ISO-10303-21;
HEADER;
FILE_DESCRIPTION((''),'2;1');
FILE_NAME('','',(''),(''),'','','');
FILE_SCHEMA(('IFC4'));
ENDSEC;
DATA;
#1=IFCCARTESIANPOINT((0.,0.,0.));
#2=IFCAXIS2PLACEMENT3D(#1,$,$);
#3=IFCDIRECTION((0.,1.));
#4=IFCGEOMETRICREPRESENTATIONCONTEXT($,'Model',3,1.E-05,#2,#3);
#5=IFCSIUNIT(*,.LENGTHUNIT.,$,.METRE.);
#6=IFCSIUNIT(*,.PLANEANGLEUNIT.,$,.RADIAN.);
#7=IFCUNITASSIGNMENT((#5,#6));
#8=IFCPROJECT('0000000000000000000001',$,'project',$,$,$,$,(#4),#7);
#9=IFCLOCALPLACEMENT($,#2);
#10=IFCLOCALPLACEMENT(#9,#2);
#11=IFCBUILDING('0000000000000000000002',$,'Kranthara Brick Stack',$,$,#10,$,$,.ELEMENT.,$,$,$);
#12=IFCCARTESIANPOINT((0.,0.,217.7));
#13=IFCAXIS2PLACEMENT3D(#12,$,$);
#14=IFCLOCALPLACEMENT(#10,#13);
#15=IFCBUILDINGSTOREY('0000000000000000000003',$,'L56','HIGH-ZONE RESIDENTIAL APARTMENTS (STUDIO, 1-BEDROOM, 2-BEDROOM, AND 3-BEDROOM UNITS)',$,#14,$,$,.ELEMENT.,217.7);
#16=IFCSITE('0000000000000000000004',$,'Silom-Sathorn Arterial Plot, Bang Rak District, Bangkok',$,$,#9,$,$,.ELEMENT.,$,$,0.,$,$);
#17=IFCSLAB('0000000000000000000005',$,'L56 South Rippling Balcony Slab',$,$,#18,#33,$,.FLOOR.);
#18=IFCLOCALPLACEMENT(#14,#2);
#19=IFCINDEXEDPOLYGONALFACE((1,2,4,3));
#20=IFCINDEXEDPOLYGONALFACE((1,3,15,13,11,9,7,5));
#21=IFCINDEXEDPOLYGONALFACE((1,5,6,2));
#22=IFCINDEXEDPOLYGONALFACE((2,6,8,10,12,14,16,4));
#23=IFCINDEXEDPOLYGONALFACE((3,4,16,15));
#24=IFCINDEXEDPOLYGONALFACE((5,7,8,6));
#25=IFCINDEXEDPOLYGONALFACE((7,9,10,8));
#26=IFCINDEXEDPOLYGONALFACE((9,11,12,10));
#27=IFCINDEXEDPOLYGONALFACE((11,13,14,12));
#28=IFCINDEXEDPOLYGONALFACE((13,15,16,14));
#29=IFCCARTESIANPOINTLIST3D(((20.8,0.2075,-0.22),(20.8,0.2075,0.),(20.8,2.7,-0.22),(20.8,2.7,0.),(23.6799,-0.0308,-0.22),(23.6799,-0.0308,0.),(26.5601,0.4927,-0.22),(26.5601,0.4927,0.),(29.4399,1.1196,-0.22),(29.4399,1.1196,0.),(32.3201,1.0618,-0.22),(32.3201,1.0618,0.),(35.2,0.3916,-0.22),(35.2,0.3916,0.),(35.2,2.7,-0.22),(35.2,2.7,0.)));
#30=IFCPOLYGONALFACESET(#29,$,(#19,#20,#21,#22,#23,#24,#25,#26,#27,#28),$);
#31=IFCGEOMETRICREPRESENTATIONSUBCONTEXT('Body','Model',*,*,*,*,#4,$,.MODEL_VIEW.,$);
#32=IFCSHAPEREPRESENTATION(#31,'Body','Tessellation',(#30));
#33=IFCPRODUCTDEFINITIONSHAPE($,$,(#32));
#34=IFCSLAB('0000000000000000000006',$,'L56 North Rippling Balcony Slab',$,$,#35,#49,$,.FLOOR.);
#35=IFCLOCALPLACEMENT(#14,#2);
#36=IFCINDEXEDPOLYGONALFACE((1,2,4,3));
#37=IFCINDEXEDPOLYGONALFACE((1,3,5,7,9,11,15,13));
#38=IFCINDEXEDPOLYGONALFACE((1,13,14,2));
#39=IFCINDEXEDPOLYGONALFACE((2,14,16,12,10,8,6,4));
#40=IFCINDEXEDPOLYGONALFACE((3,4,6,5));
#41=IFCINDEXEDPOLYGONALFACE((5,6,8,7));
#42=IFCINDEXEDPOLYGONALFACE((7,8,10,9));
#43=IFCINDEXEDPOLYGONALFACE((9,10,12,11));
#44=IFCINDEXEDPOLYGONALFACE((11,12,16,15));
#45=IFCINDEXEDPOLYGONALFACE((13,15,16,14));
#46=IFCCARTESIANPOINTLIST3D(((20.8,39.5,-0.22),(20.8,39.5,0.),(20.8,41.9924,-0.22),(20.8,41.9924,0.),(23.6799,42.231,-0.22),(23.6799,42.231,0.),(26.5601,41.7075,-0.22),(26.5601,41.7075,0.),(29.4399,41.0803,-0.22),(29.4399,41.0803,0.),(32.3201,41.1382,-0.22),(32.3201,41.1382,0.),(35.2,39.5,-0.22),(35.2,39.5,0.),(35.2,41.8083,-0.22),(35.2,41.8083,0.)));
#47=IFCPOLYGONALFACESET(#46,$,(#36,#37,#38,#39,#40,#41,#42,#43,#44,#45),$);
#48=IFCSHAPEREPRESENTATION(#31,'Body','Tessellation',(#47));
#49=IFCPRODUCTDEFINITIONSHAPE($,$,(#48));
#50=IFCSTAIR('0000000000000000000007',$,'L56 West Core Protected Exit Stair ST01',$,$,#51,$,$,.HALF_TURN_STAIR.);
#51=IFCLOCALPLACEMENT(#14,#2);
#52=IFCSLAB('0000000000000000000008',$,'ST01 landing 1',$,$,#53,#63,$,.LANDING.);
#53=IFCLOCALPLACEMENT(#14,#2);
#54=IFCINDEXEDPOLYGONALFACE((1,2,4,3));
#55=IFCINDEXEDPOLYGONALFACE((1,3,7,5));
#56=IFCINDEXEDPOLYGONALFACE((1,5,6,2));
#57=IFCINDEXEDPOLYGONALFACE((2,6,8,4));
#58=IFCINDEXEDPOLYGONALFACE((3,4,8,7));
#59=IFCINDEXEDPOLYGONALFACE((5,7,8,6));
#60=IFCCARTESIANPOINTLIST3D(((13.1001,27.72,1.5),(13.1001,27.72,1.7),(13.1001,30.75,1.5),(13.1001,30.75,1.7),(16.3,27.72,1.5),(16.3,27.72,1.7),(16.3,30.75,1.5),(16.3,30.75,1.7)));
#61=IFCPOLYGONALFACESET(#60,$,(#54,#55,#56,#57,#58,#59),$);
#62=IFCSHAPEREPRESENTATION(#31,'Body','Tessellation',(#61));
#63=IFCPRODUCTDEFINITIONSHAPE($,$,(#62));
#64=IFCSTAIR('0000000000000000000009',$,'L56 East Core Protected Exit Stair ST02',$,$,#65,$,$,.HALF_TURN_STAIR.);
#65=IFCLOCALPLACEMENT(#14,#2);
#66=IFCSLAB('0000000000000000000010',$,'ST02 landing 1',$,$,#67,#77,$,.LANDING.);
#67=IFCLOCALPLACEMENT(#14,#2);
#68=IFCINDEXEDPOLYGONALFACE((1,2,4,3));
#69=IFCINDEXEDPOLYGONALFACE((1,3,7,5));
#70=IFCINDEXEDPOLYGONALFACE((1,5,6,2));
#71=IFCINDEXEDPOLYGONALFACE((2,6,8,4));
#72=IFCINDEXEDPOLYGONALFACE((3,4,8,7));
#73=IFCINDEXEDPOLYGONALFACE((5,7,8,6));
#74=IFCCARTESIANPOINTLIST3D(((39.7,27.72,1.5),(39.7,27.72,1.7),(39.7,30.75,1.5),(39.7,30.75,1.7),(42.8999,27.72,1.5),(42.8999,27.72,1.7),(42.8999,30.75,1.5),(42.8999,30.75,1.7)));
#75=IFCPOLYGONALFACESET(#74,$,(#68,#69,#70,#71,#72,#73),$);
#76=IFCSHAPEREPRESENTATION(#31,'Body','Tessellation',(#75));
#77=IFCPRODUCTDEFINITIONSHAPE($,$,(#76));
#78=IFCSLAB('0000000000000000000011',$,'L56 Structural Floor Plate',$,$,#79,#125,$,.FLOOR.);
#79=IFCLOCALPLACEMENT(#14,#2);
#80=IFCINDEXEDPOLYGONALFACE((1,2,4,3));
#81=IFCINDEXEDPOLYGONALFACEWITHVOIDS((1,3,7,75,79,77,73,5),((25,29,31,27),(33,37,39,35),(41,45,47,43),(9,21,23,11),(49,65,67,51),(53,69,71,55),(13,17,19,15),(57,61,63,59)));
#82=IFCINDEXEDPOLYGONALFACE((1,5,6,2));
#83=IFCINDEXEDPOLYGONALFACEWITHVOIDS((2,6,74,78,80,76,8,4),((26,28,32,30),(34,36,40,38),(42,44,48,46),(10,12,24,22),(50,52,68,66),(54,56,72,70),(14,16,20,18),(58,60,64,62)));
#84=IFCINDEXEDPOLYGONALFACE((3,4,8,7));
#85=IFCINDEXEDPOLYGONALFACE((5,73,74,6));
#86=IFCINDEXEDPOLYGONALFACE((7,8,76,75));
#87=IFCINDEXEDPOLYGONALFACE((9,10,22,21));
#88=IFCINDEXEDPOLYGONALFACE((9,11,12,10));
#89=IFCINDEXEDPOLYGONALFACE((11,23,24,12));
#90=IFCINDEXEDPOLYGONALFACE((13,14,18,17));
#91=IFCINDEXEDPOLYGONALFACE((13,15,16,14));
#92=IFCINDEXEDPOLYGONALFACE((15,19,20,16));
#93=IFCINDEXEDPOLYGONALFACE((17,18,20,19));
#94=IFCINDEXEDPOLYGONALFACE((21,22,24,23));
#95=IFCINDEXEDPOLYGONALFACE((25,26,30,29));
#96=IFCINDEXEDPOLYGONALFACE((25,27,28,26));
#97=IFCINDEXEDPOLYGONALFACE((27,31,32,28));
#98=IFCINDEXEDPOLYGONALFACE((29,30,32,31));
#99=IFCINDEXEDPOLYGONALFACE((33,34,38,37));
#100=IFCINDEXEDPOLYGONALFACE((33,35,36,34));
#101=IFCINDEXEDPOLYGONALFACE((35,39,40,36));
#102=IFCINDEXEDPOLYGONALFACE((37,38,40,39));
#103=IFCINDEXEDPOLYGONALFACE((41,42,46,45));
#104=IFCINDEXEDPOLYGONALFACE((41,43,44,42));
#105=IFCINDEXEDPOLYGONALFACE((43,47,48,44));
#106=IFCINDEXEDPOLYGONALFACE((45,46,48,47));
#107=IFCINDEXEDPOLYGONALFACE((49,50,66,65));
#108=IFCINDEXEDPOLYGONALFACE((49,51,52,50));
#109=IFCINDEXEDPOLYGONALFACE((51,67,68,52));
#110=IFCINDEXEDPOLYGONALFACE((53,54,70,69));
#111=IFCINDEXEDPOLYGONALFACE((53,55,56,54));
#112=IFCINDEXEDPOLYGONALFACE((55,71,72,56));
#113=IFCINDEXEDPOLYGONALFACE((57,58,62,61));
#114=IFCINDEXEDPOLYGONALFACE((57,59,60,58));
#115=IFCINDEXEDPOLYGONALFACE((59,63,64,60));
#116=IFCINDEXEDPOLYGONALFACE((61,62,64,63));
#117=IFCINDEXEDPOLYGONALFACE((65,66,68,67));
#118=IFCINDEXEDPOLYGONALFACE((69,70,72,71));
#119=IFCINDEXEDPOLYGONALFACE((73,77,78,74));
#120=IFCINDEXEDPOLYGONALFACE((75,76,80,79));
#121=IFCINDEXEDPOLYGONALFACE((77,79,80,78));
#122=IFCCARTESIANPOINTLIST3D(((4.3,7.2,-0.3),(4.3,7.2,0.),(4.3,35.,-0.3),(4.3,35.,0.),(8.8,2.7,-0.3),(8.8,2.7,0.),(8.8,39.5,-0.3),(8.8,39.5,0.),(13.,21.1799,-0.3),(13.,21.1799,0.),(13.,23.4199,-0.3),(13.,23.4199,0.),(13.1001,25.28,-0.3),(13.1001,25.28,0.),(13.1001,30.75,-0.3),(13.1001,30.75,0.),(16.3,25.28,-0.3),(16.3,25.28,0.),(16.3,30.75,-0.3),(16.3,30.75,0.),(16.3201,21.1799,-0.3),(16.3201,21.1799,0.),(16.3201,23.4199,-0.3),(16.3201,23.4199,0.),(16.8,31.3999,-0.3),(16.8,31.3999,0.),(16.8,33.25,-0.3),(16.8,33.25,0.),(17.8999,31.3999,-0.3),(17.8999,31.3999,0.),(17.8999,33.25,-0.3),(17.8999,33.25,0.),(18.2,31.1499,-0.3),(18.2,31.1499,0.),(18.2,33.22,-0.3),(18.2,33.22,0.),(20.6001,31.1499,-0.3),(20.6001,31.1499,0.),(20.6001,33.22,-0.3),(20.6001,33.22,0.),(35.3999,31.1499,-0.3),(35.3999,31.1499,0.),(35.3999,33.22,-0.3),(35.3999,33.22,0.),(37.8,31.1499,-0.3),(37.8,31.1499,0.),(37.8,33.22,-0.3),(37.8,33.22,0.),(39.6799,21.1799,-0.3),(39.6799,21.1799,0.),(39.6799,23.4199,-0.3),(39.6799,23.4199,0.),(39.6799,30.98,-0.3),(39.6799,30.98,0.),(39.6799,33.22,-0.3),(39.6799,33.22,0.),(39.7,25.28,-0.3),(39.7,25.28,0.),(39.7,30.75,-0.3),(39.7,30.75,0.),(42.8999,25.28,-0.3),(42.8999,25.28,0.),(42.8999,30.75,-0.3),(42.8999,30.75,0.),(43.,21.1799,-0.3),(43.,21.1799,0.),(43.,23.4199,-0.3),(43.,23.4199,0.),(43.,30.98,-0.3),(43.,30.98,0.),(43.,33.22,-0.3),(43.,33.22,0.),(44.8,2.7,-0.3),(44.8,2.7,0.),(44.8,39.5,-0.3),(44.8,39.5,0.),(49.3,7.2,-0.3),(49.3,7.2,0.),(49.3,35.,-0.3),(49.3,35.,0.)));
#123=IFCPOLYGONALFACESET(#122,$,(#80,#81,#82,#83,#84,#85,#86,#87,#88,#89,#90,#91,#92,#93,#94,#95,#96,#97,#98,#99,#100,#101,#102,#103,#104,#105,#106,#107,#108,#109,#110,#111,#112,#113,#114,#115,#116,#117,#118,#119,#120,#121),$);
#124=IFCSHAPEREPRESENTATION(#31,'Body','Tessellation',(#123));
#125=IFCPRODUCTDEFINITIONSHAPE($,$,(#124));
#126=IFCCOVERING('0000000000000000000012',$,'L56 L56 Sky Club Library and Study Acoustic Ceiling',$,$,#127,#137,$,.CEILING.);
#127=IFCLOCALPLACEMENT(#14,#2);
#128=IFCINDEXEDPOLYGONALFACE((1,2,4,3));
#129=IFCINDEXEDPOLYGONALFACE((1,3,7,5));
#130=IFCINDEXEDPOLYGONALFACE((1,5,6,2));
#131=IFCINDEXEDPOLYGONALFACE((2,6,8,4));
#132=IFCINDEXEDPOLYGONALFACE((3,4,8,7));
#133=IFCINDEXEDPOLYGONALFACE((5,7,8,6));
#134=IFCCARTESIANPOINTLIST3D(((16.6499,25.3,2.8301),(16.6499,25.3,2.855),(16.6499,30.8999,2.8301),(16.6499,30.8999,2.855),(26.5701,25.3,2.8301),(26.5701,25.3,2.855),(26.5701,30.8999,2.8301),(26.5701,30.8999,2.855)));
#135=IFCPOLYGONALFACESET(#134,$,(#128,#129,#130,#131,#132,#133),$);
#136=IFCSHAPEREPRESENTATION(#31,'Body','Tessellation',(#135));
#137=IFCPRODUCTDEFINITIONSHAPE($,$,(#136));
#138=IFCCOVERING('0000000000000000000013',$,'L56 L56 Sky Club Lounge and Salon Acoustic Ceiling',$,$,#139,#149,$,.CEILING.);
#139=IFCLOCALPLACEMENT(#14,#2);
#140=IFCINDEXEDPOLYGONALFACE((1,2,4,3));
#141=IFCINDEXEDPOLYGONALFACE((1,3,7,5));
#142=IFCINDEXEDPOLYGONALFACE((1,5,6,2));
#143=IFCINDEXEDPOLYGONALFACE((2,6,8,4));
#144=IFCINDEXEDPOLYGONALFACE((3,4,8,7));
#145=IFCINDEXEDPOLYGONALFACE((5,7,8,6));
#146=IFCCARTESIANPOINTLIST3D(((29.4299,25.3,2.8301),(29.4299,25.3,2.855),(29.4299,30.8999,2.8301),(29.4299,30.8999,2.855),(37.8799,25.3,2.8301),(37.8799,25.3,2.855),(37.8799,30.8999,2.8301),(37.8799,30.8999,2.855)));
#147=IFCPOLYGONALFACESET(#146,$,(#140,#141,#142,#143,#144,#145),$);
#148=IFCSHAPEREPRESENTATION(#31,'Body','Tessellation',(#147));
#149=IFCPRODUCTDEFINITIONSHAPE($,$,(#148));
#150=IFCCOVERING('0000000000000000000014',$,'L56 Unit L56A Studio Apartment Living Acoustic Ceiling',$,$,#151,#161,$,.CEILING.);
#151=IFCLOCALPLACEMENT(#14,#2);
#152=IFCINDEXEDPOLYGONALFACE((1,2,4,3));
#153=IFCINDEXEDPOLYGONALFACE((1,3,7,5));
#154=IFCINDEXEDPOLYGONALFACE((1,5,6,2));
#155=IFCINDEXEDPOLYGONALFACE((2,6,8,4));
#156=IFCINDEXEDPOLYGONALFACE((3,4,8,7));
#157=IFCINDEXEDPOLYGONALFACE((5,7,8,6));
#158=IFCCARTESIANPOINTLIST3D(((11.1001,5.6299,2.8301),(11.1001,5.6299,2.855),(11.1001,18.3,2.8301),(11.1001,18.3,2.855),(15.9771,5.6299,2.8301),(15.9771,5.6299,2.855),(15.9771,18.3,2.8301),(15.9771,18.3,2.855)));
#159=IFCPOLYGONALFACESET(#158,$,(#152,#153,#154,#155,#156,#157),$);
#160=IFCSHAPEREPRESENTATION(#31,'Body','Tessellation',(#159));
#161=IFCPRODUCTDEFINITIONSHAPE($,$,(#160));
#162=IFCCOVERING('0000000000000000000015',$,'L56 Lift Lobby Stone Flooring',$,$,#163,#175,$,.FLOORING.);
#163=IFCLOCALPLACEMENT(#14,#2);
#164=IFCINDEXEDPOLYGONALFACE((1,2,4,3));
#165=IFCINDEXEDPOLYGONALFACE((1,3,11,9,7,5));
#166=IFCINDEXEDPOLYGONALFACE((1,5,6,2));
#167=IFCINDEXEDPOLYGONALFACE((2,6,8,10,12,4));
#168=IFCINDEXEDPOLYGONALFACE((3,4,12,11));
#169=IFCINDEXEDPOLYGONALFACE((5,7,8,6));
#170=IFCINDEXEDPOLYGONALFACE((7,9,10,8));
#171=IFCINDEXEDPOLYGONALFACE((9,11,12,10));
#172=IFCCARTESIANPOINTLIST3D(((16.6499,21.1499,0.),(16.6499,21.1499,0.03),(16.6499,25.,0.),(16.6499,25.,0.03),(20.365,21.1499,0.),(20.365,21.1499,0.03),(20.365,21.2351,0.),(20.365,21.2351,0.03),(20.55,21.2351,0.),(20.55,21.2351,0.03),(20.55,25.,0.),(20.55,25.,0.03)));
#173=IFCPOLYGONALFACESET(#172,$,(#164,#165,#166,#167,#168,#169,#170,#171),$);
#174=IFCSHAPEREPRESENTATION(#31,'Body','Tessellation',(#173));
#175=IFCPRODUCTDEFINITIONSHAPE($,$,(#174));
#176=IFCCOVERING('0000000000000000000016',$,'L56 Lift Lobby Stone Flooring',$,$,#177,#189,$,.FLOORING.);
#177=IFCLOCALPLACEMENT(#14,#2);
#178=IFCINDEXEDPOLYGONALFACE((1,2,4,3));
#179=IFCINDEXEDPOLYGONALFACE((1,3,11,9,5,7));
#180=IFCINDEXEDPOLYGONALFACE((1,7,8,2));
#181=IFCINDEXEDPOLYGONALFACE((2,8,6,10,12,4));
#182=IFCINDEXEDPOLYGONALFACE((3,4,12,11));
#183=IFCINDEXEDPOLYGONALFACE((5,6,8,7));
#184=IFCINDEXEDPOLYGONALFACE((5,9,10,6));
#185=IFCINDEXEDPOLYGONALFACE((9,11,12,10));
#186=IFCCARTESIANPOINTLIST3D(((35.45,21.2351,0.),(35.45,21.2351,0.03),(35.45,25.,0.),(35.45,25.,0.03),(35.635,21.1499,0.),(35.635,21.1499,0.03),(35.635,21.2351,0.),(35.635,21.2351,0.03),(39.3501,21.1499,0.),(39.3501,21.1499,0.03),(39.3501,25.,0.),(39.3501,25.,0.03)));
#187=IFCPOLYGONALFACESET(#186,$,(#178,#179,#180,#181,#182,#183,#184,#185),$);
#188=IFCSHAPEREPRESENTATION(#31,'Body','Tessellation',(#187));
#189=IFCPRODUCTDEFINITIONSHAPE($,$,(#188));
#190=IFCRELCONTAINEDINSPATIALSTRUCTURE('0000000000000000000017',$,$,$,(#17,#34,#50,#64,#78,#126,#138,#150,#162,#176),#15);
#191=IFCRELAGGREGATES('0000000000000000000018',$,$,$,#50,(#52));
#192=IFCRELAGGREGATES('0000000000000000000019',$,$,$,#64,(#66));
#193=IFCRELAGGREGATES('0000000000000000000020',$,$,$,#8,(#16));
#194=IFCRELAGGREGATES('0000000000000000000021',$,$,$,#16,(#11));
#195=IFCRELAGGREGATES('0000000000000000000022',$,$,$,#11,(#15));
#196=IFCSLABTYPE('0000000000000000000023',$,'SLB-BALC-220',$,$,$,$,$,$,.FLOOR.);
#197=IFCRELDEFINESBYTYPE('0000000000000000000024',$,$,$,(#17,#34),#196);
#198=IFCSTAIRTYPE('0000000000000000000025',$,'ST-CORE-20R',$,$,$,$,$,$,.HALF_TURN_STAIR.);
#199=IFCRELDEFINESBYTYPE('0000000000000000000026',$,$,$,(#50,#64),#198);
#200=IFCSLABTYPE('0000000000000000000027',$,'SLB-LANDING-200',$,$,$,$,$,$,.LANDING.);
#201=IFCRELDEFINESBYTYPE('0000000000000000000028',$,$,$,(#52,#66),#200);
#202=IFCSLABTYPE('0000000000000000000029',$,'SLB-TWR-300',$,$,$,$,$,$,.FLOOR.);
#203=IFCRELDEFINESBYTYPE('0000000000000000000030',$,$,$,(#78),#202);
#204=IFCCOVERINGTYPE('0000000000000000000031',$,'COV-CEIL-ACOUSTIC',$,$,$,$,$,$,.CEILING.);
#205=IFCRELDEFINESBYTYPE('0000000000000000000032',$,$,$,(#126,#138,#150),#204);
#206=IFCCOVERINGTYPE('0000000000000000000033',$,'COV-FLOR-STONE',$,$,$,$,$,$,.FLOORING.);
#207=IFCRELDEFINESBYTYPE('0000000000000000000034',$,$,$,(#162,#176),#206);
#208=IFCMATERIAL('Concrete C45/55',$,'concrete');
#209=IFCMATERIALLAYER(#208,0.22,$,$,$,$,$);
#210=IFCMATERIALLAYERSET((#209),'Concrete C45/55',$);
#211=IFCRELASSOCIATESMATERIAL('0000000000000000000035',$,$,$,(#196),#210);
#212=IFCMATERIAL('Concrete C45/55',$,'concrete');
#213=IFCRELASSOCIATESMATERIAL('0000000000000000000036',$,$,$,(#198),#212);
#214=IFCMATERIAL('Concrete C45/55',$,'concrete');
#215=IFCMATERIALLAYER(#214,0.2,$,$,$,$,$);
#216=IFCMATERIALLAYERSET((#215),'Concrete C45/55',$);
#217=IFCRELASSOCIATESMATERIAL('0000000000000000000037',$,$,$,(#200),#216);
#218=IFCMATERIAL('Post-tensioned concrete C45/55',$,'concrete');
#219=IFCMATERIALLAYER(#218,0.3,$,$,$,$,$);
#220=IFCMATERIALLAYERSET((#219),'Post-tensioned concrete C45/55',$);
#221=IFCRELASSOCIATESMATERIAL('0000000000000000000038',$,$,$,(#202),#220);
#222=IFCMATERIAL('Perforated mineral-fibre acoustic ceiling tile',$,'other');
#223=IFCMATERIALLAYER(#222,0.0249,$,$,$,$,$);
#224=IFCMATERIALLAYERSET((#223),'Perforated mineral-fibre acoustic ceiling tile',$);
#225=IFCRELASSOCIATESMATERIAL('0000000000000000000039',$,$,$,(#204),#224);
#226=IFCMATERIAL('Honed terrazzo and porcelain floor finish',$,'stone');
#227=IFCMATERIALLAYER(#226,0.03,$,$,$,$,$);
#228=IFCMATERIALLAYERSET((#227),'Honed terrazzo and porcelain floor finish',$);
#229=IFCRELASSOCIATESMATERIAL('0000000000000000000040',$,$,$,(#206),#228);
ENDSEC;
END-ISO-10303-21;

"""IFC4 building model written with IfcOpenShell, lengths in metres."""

from ifc_helpers import new_model, si_unit, direction, frame, origin, place, context, subcontext, project, spatial, polyline, outline, extrude, material, layer, layer_set, type_object, element, aggregate, save


model = new_model("IFC4")

# Units and contexts
model_context = context("Model", 3, precision=1e-05, world=origin(), true_north=direction((0.0, 1.0)))
body_context = subcontext(model_context, "Body", "Model", "MODEL_VIEW")
ifc_project = project(units=[si_unit("LENGTHUNIT", "METRE"), si_unit("PLANEANGLEUNIT", "RADIAN")], contexts=[model_context])

# Site, building, storey
site_placement = place(None, origin())
site = spatial("IfcSite", under=ifc_project, at=site_placement, Name="Silom-Sathorn Arterial Plot, Bang Rak District, Bangkok", CompositionType="ELEMENT", RefElevation=0.0)
building_placement = place(site_placement, origin())
building = spatial("IfcBuilding", under=site, at=building_placement, Name="Kranthara Brick Stack", CompositionType="ELEMENT")
storey_placement = place(building_placement, frame((0.0, 0.0, 217.7)))
storey = spatial("IfcBuildingStorey", under=building, at=storey_placement, Name="L56", Description="HIGH-ZONE RESIDENTIAL APARTMENTS (STUDIO, 1-BEDROOM, 2-BEDROOM, AND 3-BEDROOM UNITS)", CompositionType="ELEMENT", Elevation=217.7)

# Slabs
ifc_material_1 = material(Name="Concrete C45/55", Category="concrete")
ifc_layer_1 = layer(ifc_material_1, 0.22)
ifc_layer_set_1 = layer_set([ifc_layer_1], Name="Concrete C45/55")
slab_type_1 = type_object("IfcSlabType", Name="SLB-BALC-220", PredefinedType="FLOOR", material=ifc_layer_set_1)
slab_1_placement = place(storey_placement, frame((0.0, 0.0, -0.22)))
element("IfcSlab", 1, at=slab_1_placement, inside=storey, type_object=slab_type_1, Name="L56 South Rippling Balcony Slab", PredefinedType="FLOOR", context=body_context, shape_type="SweptSolid", body=[
    extrude(outline(polyline([(20.8, 2.7), (35.2, 2.7), (35.2, 0.3916), (32.3201, 1.0618), (29.4399, 1.1196), (26.5601, 0.4927), (23.6799, -0.0308), (20.8, 0.2075), (20.8, 2.7)])), origin(), (0.0, 0.0, 1.0), 0.22),
])
slab_2_placement = place(storey_placement, frame((0.0, 0.0, -0.22)))
element("IfcSlab", 2, at=slab_2_placement, inside=storey, type_object=slab_type_1, Name="L56 North Rippling Balcony Slab", PredefinedType="FLOOR", context=body_context, shape_type="SweptSolid", body=[
    extrude(outline(polyline([(35.2, 39.5), (20.8, 39.5), (20.8, 41.9924), (23.6799, 42.231), (26.5601, 41.7075), (29.4399, 41.0803), (32.3201, 41.1382), (35.2, 41.8083), (35.2, 39.5)])), origin(), (0.0, 0.0, 1.0), 0.22),
])

# Stairs, slabs
ifc_material_2 = material(Name="Concrete C45/55", Category="concrete")
stair_type = type_object("IfcStairType", Name="ST-CORE-20R", PredefinedType="HALF_TURN_STAIR", material=ifc_material_2)
stair_1_placement = place(storey_placement, origin())
stair_1 = element("IfcStair", 3, at=stair_1_placement, inside=storey, type_object=stair_type, Name="L56 West Core Protected Exit Stair ST01", PredefinedType="HALF_TURN_STAIR")
ifc_material_3 = material(Name="Concrete C45/55", Category="concrete")
ifc_layer_2 = layer(ifc_material_3, 0.2)
ifc_layer_set_2 = layer_set([ifc_layer_2], Name="Concrete C45/55")
slab_type_2 = type_object("IfcSlabType", Name="SLB-LANDING-200", PredefinedType="LANDING", material=ifc_layer_set_2)
slab_3_placement = place(storey_placement, frame((0.0, 0.0, 1.5)))
slab_3 = element("IfcSlab", 4, at=slab_3_placement, type_object=slab_type_2, Name="ST01 landing 1", PredefinedType="LANDING", context=body_context, shape_type="SweptSolid", body=[
    extrude(outline(polyline([(16.3, 27.72), (16.3, 30.75), (13.1001, 30.75), (13.1001, 27.72), (16.3, 27.72)])), origin(), (0.0, 0.0, 1.0), 0.2),
])
aggregate(stair_1, [slab_3])
stair_2_placement = place(storey_placement, origin())
stair_2 = element("IfcStair", 5, at=stair_2_placement, inside=storey, type_object=stair_type, Name="L56 East Core Protected Exit Stair ST02", PredefinedType="HALF_TURN_STAIR")
slab_4_placement = place(storey_placement, frame((0.0, 0.0, 1.5)))
slab_4 = element("IfcSlab", 6, at=slab_4_placement, type_object=slab_type_2, Name="ST02 landing 1", PredefinedType="LANDING", context=body_context, shape_type="SweptSolid", body=[
    extrude(outline(polyline([(42.8999, 27.72), (42.8999, 30.75), (39.7, 30.75), (39.7, 27.72), (42.8999, 27.72)])), origin(), (0.0, 0.0, 1.0), 0.2),
])
aggregate(stair_2, [slab_4])

# Slab
ifc_material_4 = material(Name="Post-tensioned concrete C45/55", Category="concrete")
ifc_layer_3 = layer(ifc_material_4, 0.3)
ifc_layer_set_3 = layer_set([ifc_layer_3], Name="Post-tensioned concrete C45/55")
slab_type_3 = type_object("IfcSlabType", Name="SLB-TWR-300", PredefinedType="FLOOR", material=ifc_layer_set_3)
slab_5_placement = place(storey_placement, frame((0.0, 0.0, -0.3)))
element("IfcSlab", 7, at=slab_5_placement, inside=storey, type_object=slab_type_3, Name="L56 Structural Floor Plate", PredefinedType="FLOOR", context=body_context, shape_type="SweptSolid", body=[
    extrude(outline(polyline([(8.8, 2.7), (44.8, 2.7), (49.3, 7.2), (49.3, 35.0), (44.8, 39.5), (8.8, 39.5), (4.3, 35.0), (4.3, 7.2), (8.8, 2.7)]), holes=[polyline([(13.1001, 25.28), (16.3, 25.28), (16.3, 30.75), (13.1001, 30.75), (13.1001, 25.28)]), polyline([(39.7, 25.28), (42.8999, 25.28), (42.8999, 30.75), (39.7, 30.75), (39.7, 25.28)]), polyline([(13.0, 21.1799), (16.3201, 21.1799), (16.3201, 23.4199), (13.0, 23.4199), (13.0, 21.1799)]), polyline([(39.6799, 21.1799), (43.0, 21.1799), (43.0, 23.4199), (39.6799, 23.4199), (39.6799, 21.1799)]), polyline([(39.6799, 30.98), (43.0, 30.98), (43.0, 33.22), (39.6799, 33.22), (39.6799, 30.98)]), polyline([(18.2, 31.1499), (20.6001, 31.1499), (20.6001, 33.22), (18.2, 33.22), (18.2, 31.1499)]), polyline([(35.3999, 31.1499), (37.8, 31.1499), (37.8, 33.22), (35.3999, 33.22), (35.3999, 31.1499)]), polyline([(16.8, 31.3999), (17.8999, 31.3999), (17.8999, 33.25), (16.8, 33.25), (16.8, 31.3999)])]), origin(), (0.0, 0.0, 1.0), 0.3),
])

# Coverings
ifc_material_5 = material(Name="Perforated mineral-fibre acoustic ceiling tile", Category="other")
ifc_layer_4 = layer(ifc_material_5, 0.0249)
ifc_layer_set_4 = layer_set([ifc_layer_4], Name="Perforated mineral-fibre acoustic ceiling tile")
covering_type_1 = type_object("IfcCoveringType", Name="COV-CEIL-ACOUSTIC", PredefinedType="CEILING", material=ifc_layer_set_4)
covering_1_placement = place(storey_placement, frame((0.0, 0.0, 2.8301)))
element("IfcCovering", 8, at=covering_1_placement, inside=storey, type_object=covering_type_1, Name="L56 L56 Sky Club Library and Study Acoustic Ceiling", PredefinedType="CEILING", context=body_context, shape_type="SweptSolid", body=[
    extrude(outline(polyline([(26.5701, 25.3), (26.5701, 30.8999), (16.6499, 30.8999), (16.6499, 25.3), (26.5701, 25.3)])), origin(), (0.0, 0.0, 1.0), 0.0249),
])
covering_2_placement = place(storey_placement, frame((0.0, 0.0, 2.8301)))
element("IfcCovering", 9, at=covering_2_placement, inside=storey, type_object=covering_type_1, Name="L56 L56 Sky Club Lounge and Salon Acoustic Ceiling", PredefinedType="CEILING", context=body_context, shape_type="SweptSolid", body=[
    extrude(outline(polyline([(37.8799, 25.3), (37.8799, 30.8999), (29.4299, 30.8999), (29.4299, 25.3), (37.8799, 25.3)])), origin(), (0.0, 0.0, 1.0), 0.0249),
])
covering_3_placement = place(storey_placement, frame((0.0, 0.0, 2.8301)))
element("IfcCovering", 10, at=covering_3_placement, inside=storey, type_object=covering_type_1, Name="L56 Unit L56A Studio Apartment Living Acoustic Ceiling", PredefinedType="CEILING", context=body_context, shape_type="SweptSolid", body=[
    extrude(outline(polyline([(15.9771, 5.6299), (15.9771, 18.3), (11.1001, 18.3), (11.1001, 5.6299), (15.9771, 5.6299)])), origin(), (0.0, 0.0, 1.0), 0.0249),
])
ifc_material_6 = material(Name="Honed terrazzo and porcelain floor finish", Category="stone")
ifc_layer_5 = layer(ifc_material_6, 0.03)
ifc_layer_set_5 = layer_set([ifc_layer_5], Name="Honed terrazzo and porcelain floor finish")
covering_type_2 = type_object("IfcCoveringType", Name="COV-FLOR-STONE", PredefinedType="FLOORING", material=ifc_layer_set_5)
covering_4_placement = place(storey_placement, origin())
element("IfcCovering", 11, at=covering_4_placement, inside=storey, type_object=covering_type_2, Name="L56 Lift Lobby Stone Flooring", PredefinedType="FLOORING", context=body_context, shape_type="SweptSolid", body=[
    extrude(outline(polyline([(16.6499, 21.1499), (16.6499, 25.0), (20.55, 25.0), (20.55, 21.2351), (20.365, 21.2351), (20.365, 21.1499), (16.6499, 21.1499)])), origin(), (0.0, 0.0, 1.0), 0.03),
])
covering_5_placement = place(storey_placement, origin())
element("IfcCovering", 12, at=covering_5_placement, inside=storey, type_object=covering_type_2, Name="L56 Lift Lobby Stone Flooring", PredefinedType="FLOORING", context=body_context, shape_type="SweptSolid", body=[
    extrude(outline(polyline([(35.45, 25.0), (39.3501, 25.0), (39.3501, 21.1499), (35.635, 21.1499), (35.635, 21.2351), (35.45, 21.2351), (35.45, 25.0)])), origin(), (0.0, 0.0, 1.0), 0.03),
])

save(model, "model.ifc")
